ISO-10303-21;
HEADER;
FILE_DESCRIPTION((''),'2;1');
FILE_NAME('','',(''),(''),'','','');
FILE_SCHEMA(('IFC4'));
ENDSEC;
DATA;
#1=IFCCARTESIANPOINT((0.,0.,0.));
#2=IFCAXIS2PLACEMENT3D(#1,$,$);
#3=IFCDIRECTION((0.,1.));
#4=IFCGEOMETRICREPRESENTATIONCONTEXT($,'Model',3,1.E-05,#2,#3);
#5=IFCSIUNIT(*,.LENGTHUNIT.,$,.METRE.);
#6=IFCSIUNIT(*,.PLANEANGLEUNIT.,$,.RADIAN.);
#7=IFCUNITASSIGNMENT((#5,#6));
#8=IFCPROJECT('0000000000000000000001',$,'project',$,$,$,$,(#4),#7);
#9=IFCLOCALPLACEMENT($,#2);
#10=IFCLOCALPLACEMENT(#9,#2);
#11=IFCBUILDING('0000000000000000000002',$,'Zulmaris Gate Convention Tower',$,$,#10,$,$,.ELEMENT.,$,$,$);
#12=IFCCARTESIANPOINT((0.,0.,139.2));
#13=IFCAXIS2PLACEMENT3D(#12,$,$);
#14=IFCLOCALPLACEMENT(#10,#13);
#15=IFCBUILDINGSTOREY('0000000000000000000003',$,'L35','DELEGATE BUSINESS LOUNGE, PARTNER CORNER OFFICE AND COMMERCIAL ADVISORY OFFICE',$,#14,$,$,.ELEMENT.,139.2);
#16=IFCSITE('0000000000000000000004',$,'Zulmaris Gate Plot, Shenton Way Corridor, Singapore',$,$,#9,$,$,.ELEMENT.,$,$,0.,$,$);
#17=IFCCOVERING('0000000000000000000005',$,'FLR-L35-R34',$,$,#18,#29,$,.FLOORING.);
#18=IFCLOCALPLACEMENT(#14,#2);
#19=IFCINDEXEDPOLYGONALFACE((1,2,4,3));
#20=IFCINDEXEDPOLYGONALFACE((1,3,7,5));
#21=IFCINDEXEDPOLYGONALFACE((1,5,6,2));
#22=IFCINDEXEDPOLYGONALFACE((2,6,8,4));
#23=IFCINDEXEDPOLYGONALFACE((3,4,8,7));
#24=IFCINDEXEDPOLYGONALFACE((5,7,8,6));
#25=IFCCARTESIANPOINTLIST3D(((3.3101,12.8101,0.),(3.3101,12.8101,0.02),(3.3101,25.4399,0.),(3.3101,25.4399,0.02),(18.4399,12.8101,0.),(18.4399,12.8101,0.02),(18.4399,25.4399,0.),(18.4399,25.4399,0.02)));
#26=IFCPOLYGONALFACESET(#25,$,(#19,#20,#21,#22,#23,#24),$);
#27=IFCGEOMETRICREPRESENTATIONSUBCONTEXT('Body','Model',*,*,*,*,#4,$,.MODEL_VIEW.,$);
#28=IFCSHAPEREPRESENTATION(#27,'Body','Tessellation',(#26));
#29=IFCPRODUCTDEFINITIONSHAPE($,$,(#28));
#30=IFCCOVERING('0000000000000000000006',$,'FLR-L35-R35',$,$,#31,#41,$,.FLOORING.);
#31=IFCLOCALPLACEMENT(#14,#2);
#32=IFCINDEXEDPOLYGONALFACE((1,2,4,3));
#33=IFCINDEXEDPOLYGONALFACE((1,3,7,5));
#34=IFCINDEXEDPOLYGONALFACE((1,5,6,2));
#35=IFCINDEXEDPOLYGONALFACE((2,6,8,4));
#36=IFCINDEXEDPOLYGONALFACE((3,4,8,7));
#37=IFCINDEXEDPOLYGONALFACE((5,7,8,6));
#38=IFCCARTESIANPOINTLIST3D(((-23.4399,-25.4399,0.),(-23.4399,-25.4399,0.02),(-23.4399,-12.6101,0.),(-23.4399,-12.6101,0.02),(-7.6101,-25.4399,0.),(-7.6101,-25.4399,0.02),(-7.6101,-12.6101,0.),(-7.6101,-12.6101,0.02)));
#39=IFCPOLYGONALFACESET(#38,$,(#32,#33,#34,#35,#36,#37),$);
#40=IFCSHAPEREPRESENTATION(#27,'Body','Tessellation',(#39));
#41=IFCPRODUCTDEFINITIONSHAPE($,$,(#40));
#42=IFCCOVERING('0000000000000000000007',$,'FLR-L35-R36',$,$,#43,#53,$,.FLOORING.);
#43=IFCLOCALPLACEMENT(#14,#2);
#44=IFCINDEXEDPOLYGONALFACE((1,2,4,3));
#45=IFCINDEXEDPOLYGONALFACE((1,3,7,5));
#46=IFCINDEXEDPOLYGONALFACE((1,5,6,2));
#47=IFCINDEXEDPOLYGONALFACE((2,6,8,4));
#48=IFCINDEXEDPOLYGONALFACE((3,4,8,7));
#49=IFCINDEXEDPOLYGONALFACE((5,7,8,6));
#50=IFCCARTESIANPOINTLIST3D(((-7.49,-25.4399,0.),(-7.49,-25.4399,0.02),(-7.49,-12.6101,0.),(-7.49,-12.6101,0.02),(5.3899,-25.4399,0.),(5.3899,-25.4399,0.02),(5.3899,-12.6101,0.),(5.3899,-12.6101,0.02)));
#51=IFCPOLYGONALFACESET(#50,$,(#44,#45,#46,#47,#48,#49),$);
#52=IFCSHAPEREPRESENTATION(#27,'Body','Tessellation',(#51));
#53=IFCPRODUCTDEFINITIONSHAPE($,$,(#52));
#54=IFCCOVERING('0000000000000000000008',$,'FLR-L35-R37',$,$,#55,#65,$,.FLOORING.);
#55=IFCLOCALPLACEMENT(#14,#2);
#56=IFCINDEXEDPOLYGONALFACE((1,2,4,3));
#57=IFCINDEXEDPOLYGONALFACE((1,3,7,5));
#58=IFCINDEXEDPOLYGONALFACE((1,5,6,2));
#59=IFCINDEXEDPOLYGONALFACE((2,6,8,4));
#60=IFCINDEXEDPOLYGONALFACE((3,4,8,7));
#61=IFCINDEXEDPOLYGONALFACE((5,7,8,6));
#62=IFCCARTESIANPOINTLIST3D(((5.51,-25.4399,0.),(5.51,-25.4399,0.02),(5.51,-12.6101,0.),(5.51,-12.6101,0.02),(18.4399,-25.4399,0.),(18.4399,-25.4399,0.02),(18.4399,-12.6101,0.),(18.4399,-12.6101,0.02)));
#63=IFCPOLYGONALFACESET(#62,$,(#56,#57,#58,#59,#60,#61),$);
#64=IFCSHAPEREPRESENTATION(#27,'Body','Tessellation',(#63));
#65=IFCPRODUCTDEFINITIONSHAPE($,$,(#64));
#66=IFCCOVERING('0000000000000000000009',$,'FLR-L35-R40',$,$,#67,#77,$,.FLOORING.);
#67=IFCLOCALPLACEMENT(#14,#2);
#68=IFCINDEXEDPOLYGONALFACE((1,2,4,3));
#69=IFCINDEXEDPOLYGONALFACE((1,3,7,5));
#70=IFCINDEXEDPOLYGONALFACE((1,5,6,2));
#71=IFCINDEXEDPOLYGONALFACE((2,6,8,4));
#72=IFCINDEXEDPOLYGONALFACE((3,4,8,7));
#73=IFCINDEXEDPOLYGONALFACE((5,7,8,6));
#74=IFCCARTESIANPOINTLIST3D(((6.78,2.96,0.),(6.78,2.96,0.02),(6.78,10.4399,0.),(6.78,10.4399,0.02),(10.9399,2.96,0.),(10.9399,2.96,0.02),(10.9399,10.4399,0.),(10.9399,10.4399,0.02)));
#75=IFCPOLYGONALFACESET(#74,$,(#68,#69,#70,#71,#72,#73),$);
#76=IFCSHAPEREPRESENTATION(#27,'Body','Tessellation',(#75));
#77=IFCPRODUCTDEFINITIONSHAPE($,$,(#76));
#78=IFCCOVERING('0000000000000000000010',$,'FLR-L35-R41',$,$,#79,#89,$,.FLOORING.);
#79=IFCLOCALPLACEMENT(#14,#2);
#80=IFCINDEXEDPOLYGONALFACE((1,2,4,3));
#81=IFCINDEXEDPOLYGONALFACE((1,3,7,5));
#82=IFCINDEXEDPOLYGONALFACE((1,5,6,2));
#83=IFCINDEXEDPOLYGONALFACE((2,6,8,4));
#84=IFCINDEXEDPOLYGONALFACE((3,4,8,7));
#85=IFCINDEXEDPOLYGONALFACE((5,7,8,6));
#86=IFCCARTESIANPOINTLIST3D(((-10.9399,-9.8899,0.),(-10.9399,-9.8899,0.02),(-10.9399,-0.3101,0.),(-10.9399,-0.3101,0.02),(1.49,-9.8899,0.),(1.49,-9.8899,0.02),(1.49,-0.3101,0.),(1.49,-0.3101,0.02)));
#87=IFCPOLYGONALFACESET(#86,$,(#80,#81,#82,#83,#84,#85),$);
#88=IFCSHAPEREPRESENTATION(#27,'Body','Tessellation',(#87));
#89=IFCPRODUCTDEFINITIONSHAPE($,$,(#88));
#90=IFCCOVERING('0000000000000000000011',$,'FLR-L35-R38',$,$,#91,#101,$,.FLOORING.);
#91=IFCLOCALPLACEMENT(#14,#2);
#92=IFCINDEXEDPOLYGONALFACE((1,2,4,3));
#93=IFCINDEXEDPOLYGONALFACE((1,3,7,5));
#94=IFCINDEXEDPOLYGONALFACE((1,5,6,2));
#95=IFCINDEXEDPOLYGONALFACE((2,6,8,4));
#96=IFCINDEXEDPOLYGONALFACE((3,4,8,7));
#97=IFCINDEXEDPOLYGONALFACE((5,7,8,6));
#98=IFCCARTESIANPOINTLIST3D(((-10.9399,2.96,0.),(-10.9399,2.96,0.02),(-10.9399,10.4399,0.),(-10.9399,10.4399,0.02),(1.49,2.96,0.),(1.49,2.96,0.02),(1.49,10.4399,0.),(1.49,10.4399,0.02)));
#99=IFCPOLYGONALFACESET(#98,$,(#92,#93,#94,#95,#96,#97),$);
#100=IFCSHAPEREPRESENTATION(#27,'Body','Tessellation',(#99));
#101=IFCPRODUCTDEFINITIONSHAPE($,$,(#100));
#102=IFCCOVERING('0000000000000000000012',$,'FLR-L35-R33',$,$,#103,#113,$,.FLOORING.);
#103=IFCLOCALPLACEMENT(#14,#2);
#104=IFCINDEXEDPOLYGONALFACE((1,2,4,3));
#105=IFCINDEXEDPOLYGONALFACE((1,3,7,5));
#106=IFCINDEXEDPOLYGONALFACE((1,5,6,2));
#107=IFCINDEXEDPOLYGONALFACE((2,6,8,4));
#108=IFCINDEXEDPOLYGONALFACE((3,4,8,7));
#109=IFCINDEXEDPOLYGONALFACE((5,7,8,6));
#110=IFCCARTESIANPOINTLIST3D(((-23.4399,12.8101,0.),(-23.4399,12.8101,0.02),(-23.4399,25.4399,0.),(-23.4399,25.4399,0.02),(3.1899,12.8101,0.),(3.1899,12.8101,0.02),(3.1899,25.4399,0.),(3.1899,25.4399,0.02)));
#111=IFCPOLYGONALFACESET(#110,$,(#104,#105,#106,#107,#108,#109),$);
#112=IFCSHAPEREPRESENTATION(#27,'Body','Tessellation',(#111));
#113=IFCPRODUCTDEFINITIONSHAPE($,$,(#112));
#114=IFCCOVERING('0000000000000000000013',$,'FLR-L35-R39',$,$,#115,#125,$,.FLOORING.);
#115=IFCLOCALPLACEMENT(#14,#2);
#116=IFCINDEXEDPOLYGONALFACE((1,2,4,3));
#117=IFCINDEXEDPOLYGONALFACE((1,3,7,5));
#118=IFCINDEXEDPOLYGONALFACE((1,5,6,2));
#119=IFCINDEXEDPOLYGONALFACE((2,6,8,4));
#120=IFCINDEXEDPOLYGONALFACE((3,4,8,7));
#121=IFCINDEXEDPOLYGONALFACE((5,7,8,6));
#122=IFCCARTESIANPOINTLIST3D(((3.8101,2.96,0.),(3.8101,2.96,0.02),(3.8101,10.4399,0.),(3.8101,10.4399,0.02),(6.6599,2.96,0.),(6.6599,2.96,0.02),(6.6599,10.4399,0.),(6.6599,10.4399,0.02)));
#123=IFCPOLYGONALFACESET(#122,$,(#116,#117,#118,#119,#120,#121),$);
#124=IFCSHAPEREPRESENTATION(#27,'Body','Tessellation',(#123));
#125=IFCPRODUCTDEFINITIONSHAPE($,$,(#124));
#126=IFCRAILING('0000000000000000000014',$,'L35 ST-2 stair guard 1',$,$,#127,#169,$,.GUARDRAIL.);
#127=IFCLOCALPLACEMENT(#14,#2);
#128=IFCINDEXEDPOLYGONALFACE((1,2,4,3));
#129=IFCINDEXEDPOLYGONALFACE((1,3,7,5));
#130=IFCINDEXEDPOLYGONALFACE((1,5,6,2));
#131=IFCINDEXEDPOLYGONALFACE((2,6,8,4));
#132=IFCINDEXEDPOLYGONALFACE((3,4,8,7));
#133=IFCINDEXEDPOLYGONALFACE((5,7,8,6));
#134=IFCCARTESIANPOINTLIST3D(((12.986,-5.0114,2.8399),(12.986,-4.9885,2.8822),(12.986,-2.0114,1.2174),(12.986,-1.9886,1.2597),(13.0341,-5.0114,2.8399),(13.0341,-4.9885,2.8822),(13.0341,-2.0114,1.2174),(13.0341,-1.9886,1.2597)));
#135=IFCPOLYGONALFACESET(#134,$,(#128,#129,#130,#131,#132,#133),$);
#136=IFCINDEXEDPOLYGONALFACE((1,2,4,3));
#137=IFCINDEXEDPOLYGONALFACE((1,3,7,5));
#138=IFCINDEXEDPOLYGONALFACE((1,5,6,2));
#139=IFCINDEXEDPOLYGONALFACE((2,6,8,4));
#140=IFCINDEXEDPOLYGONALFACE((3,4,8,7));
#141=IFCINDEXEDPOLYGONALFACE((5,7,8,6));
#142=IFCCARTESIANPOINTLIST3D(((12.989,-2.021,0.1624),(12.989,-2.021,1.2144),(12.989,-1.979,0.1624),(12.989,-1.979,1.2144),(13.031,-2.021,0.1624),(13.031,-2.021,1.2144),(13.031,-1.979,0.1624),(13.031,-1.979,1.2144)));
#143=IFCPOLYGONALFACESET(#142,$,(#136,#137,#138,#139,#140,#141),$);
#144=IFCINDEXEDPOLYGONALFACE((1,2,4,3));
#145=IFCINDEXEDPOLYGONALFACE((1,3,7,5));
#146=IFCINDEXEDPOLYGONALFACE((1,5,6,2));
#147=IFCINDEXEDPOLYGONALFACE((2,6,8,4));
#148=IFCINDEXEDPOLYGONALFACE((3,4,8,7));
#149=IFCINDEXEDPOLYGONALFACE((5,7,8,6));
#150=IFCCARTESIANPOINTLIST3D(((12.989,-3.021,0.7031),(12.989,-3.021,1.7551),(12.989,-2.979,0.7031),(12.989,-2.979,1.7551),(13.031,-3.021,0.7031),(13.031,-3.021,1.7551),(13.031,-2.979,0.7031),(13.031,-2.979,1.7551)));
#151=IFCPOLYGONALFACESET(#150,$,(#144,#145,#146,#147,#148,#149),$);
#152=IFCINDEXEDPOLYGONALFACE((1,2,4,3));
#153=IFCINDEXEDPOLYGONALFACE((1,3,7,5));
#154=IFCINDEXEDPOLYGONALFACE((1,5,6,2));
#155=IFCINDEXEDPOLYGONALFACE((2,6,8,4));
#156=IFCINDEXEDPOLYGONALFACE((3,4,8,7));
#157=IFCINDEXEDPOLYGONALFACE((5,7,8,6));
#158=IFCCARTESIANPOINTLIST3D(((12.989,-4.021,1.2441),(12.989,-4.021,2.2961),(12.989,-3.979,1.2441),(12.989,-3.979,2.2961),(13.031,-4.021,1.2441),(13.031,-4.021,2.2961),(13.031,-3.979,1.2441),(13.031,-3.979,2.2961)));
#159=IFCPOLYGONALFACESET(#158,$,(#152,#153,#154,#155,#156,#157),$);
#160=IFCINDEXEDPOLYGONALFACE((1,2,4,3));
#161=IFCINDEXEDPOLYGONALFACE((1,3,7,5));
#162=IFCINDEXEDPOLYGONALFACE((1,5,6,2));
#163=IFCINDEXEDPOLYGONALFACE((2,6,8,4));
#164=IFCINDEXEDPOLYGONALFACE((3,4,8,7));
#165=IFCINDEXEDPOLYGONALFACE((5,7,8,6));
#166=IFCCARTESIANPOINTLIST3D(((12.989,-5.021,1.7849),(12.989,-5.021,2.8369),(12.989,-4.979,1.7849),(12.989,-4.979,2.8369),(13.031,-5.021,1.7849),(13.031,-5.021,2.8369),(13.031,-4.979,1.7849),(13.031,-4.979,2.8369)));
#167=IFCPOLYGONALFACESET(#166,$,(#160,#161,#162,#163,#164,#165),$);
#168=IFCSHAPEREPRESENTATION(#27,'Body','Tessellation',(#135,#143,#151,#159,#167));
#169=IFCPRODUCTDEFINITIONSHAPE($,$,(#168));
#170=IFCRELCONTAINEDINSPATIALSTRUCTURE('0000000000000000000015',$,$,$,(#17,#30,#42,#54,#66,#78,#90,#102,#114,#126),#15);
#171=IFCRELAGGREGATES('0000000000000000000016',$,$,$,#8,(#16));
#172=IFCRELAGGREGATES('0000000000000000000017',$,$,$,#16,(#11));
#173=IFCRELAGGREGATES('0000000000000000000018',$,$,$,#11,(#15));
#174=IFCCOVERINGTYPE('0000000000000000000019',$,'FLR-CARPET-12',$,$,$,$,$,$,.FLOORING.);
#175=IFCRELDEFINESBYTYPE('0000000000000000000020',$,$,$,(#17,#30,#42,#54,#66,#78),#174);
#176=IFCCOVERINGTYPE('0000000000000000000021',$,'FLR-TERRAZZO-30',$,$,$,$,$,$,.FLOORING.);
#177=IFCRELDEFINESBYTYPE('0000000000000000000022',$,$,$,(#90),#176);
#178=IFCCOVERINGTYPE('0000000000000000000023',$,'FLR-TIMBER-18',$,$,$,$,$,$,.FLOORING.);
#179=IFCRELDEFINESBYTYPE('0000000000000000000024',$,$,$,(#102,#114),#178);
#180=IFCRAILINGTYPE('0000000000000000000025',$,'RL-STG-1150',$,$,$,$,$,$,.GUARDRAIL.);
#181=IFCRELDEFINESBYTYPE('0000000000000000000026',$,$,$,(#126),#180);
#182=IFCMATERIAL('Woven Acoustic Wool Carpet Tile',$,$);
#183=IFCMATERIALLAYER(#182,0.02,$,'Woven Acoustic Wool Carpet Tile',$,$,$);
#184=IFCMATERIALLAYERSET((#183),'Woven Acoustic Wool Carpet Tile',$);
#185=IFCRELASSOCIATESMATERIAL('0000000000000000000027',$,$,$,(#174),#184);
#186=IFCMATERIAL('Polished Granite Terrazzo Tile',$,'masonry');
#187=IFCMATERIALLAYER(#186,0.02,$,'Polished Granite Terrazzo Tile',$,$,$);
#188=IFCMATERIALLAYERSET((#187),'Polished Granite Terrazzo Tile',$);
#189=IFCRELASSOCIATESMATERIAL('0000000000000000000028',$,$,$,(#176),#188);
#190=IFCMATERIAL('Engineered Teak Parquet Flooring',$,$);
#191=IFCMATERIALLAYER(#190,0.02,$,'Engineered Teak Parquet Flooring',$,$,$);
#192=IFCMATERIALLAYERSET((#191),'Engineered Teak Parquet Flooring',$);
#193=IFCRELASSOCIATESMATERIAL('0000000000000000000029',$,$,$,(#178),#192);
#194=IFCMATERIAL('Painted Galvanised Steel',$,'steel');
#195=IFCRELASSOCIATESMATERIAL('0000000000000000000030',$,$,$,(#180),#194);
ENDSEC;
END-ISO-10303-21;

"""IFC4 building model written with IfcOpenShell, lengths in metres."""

from ifc_helpers import new_model, si_unit, direction, frame, origin, origin_2d, place, context, subcontext, project, spatial, polyline, rectangle, outline, extrude, material, layer, layer_set, type_object, element, save


model = new_model("IFC4")

# Units and contexts
model_context = context("Model", 3, precision=1e-05, world=origin(), true_north=direction((0.0, 1.0)))
body_context = subcontext(model_context, "Body", "Model", "MODEL_VIEW")
ifc_project = project(units=[si_unit("LENGTHUNIT", "METRE"), si_unit("PLANEANGLEUNIT", "RADIAN")], contexts=[model_context])

# Site, building, storey
site_placement = place(None, origin())
site = spatial("IfcSite", under=ifc_project, at=site_placement, Name="Zulmaris Gate Plot, Shenton Way Corridor, Singapore", CompositionType="ELEMENT", RefElevation=0.0)
building_placement = place(site_placement, origin())
building = spatial("IfcBuilding", under=site, at=building_placement, Name="Zulmaris Gate Convention Tower", CompositionType="ELEMENT")
storey_placement = place(building_placement, frame((0.0, 0.0, 139.2)))
storey = spatial("IfcBuildingStorey", under=building, at=storey_placement, Name="L35", Description="DELEGATE BUSINESS LOUNGE, PARTNER CORNER OFFICE AND COMMERCIAL ADVISORY OFFICE", CompositionType="ELEMENT", Elevation=139.2)

# Coverings
ifc_material_1 = material(Name="Woven Acoustic Wool Carpet Tile")
ifc_layer_1 = layer(ifc_material_1, 0.02, Name="Woven Acoustic Wool Carpet Tile")
ifc_layer_set_1 = layer_set([ifc_layer_1], Name="Woven Acoustic Wool Carpet Tile")
covering_type_1 = type_object("IfcCoveringType", Name="FLR-CARPET-12", PredefinedType="FLOORING", material=ifc_layer_set_1)
covering_1_placement = place(storey_placement, origin())
element("IfcCovering", 1, at=covering_1_placement, inside=storey, type_object=covering_type_1, Name="FLR-L35-R34", PredefinedType="FLOORING", context=body_context, shape_type="SweptSolid", body=[
    extrude(outline(polyline([(3.3101, 12.8101), (18.4399, 12.8101), (18.4399, 25.4399), (3.3101, 25.4399), (3.3101, 12.8101)])), origin(), (0.0, 0.0, 1.0), 0.02),
])
covering_2_placement = place(storey_placement, origin())
element("IfcCovering", 2, at=covering_2_placement, inside=storey, type_object=covering_type_1, Name="FLR-L35-R35", PredefinedType="FLOORING", context=body_context, shape_type="SweptSolid", body=[
    extrude(outline(polyline([(-23.4399, -25.4399), (-7.6101, -25.4399), (-7.6101, -12.6101), (-23.4399, -12.6101), (-23.4399, -25.4399)])), origin(), (0.0, 0.0, 1.0), 0.02),
])
covering_3_placement = place(storey_placement, origin())
element("IfcCovering", 3, at=covering_3_placement, inside=storey, type_object=covering_type_1, Name="FLR-L35-R36", PredefinedType="FLOORING", context=body_context, shape_type="SweptSolid", body=[
    extrude(outline(polyline([(-7.49, -25.4399), (5.3899, -25.4399), (5.3899, -12.6101), (-7.49, -12.6101), (-7.49, -25.4399)])), origin(), (0.0, 0.0, 1.0), 0.02),
])
covering_4_placement = place(storey_placement, origin())
element("IfcCovering", 4, at=covering_4_placement, inside=storey, type_object=covering_type_1, Name="FLR-L35-R37", PredefinedType="FLOORING", context=body_context, shape_type="SweptSolid", body=[
    extrude(outline(polyline([(5.51, -25.4399), (18.4399, -25.4399), (18.4399, -12.6101), (5.51, -12.6101), (5.51, -25.4399)])), origin(), (0.0, 0.0, 1.0), 0.02),
])
covering_5_placement = place(storey_placement, origin())
element("IfcCovering", 5, at=covering_5_placement, inside=storey, type_object=covering_type_1, Name="FLR-L35-R40", PredefinedType="FLOORING", context=body_context, shape_type="SweptSolid", body=[
    extrude(outline(polyline([(6.78, 2.96), (10.9399, 2.96), (10.9399, 10.4399), (6.78, 10.4399), (6.78, 2.96)])), origin(), (0.0, 0.0, 1.0), 0.02),
])
covering_6_placement = place(storey_placement, origin())
element("IfcCovering", 6, at=covering_6_placement, inside=storey, type_object=covering_type_1, Name="FLR-L35-R41", PredefinedType="FLOORING", context=body_context, shape_type="SweptSolid", body=[
    extrude(outline(polyline([(-10.9399, -9.8899), (1.49, -9.8899), (1.49, -0.3101), (-10.9399, -0.3101), (-10.9399, -9.8899)])), origin(), (0.0, 0.0, 1.0), 0.02),
])
ifc_material_2 = material(Name="Polished Granite Terrazzo Tile", Category="masonry")
ifc_layer_2 = layer(ifc_material_2, 0.02, Name="Polished Granite Terrazzo Tile")
ifc_layer_set_2 = layer_set([ifc_layer_2], Name="Polished Granite Terrazzo Tile")
covering_type_2 = type_object("IfcCoveringType", Name="FLR-TERRAZZO-30", PredefinedType="FLOORING", material=ifc_layer_set_2)
covering_7_placement = place(storey_placement, origin())
element("IfcCovering", 7, at=covering_7_placement, inside=storey, type_object=covering_type_2, Name="FLR-L35-R38", PredefinedType="FLOORING", context=body_context, shape_type="SweptSolid", body=[
    extrude(outline(polyline([(-10.9399, 2.96), (1.49, 2.96), (1.49, 10.4399), (-10.9399, 10.4399), (-10.9399, 2.96)])), origin(), (0.0, 0.0, 1.0), 0.02),
])
ifc_material_3 = material(Name="Engineered Teak Parquet Flooring")
ifc_layer_3 = layer(ifc_material_3, 0.02, Name="Engineered Teak Parquet Flooring")
ifc_layer_set_3 = layer_set([ifc_layer_3], Name="Engineered Teak Parquet Flooring")
covering_type_3 = type_object("IfcCoveringType", Name="FLR-TIMBER-18", PredefinedType="FLOORING", material=ifc_layer_set_3)
covering_8_placement = place(storey_placement, origin())
element("IfcCovering", 8, at=covering_8_placement, inside=storey, type_object=covering_type_3, Name="FLR-L35-R33", PredefinedType="FLOORING", context=body_context, shape_type="SweptSolid", body=[
    extrude(outline(polyline([(-23.4399, 12.8101), (3.1899, 12.8101), (3.1899, 25.4399), (-23.4399, 25.4399), (-23.4399, 12.8101)])), origin(), (0.0, 0.0, 1.0), 0.02),
])
covering_9_placement = place(storey_placement, origin())
element("IfcCovering", 9, at=covering_9_placement, inside=storey, type_object=covering_type_3, Name="FLR-L35-R39", PredefinedType="FLOORING", context=body_context, shape_type="SweptSolid", body=[
    extrude(outline(polyline([(3.8101, 2.96), (6.6599, 2.96), (6.6599, 10.4399), (3.8101, 10.4399), (3.8101, 2.96)])), origin(), (0.0, 0.0, 1.0), 0.02),
])

# Railing
ifc_material_4 = material(Name="Painted Galvanised Steel", Category="steel")
railing_type_1 = type_object("IfcRailingType", Name="RL-STG-1150", PredefinedType="GUARDRAIL", material=ifc_material_4)
railing_1_placement = place(storey_placement, frame((13.01, -2.0, 0.1624)))
element("IfcRailing", 10, at=railing_1_placement, inside=storey, type_object=railing_type_1, Name="L35 ST-2 stair guard 1", PredefinedType="GUARDRAIL", context=body_context, shape_type="SweptSolid", body=[
    extrude(rectangle(XDim=0.0481, YDim=0.0481, at=origin_2d()), frame((0.0, 0.0, 1.0762), z_axis=(0.0, -0.879592, 0.47573), x_axis=(1.0, 0.0, 0.0)), (0.0, 0.0, 1.0), 3.4106),
    extrude(rectangle(XDim=0.042, YDim=0.042, at=origin_2d()), origin(), (0.0, 0.0, 1.0), 1.052),
    extrude(rectangle(XDim=0.042, YDim=0.042, at=origin_2d()), frame((0.0, -1.0, 0.5408)), (0.0, 0.0, 1.0), 1.052),
    extrude(rectangle(XDim=0.042, YDim=0.042, at=origin_2d()), frame((0.0, -2.0, 1.0818)), (0.0, 0.0, 1.0), 1.052),
    extrude(rectangle(XDim=0.042, YDim=0.042, at=origin_2d()), frame((0.0, -3.0, 1.6226)), (0.0, 0.0, 1.0), 1.052),
])

save(model, "model.ifc")
